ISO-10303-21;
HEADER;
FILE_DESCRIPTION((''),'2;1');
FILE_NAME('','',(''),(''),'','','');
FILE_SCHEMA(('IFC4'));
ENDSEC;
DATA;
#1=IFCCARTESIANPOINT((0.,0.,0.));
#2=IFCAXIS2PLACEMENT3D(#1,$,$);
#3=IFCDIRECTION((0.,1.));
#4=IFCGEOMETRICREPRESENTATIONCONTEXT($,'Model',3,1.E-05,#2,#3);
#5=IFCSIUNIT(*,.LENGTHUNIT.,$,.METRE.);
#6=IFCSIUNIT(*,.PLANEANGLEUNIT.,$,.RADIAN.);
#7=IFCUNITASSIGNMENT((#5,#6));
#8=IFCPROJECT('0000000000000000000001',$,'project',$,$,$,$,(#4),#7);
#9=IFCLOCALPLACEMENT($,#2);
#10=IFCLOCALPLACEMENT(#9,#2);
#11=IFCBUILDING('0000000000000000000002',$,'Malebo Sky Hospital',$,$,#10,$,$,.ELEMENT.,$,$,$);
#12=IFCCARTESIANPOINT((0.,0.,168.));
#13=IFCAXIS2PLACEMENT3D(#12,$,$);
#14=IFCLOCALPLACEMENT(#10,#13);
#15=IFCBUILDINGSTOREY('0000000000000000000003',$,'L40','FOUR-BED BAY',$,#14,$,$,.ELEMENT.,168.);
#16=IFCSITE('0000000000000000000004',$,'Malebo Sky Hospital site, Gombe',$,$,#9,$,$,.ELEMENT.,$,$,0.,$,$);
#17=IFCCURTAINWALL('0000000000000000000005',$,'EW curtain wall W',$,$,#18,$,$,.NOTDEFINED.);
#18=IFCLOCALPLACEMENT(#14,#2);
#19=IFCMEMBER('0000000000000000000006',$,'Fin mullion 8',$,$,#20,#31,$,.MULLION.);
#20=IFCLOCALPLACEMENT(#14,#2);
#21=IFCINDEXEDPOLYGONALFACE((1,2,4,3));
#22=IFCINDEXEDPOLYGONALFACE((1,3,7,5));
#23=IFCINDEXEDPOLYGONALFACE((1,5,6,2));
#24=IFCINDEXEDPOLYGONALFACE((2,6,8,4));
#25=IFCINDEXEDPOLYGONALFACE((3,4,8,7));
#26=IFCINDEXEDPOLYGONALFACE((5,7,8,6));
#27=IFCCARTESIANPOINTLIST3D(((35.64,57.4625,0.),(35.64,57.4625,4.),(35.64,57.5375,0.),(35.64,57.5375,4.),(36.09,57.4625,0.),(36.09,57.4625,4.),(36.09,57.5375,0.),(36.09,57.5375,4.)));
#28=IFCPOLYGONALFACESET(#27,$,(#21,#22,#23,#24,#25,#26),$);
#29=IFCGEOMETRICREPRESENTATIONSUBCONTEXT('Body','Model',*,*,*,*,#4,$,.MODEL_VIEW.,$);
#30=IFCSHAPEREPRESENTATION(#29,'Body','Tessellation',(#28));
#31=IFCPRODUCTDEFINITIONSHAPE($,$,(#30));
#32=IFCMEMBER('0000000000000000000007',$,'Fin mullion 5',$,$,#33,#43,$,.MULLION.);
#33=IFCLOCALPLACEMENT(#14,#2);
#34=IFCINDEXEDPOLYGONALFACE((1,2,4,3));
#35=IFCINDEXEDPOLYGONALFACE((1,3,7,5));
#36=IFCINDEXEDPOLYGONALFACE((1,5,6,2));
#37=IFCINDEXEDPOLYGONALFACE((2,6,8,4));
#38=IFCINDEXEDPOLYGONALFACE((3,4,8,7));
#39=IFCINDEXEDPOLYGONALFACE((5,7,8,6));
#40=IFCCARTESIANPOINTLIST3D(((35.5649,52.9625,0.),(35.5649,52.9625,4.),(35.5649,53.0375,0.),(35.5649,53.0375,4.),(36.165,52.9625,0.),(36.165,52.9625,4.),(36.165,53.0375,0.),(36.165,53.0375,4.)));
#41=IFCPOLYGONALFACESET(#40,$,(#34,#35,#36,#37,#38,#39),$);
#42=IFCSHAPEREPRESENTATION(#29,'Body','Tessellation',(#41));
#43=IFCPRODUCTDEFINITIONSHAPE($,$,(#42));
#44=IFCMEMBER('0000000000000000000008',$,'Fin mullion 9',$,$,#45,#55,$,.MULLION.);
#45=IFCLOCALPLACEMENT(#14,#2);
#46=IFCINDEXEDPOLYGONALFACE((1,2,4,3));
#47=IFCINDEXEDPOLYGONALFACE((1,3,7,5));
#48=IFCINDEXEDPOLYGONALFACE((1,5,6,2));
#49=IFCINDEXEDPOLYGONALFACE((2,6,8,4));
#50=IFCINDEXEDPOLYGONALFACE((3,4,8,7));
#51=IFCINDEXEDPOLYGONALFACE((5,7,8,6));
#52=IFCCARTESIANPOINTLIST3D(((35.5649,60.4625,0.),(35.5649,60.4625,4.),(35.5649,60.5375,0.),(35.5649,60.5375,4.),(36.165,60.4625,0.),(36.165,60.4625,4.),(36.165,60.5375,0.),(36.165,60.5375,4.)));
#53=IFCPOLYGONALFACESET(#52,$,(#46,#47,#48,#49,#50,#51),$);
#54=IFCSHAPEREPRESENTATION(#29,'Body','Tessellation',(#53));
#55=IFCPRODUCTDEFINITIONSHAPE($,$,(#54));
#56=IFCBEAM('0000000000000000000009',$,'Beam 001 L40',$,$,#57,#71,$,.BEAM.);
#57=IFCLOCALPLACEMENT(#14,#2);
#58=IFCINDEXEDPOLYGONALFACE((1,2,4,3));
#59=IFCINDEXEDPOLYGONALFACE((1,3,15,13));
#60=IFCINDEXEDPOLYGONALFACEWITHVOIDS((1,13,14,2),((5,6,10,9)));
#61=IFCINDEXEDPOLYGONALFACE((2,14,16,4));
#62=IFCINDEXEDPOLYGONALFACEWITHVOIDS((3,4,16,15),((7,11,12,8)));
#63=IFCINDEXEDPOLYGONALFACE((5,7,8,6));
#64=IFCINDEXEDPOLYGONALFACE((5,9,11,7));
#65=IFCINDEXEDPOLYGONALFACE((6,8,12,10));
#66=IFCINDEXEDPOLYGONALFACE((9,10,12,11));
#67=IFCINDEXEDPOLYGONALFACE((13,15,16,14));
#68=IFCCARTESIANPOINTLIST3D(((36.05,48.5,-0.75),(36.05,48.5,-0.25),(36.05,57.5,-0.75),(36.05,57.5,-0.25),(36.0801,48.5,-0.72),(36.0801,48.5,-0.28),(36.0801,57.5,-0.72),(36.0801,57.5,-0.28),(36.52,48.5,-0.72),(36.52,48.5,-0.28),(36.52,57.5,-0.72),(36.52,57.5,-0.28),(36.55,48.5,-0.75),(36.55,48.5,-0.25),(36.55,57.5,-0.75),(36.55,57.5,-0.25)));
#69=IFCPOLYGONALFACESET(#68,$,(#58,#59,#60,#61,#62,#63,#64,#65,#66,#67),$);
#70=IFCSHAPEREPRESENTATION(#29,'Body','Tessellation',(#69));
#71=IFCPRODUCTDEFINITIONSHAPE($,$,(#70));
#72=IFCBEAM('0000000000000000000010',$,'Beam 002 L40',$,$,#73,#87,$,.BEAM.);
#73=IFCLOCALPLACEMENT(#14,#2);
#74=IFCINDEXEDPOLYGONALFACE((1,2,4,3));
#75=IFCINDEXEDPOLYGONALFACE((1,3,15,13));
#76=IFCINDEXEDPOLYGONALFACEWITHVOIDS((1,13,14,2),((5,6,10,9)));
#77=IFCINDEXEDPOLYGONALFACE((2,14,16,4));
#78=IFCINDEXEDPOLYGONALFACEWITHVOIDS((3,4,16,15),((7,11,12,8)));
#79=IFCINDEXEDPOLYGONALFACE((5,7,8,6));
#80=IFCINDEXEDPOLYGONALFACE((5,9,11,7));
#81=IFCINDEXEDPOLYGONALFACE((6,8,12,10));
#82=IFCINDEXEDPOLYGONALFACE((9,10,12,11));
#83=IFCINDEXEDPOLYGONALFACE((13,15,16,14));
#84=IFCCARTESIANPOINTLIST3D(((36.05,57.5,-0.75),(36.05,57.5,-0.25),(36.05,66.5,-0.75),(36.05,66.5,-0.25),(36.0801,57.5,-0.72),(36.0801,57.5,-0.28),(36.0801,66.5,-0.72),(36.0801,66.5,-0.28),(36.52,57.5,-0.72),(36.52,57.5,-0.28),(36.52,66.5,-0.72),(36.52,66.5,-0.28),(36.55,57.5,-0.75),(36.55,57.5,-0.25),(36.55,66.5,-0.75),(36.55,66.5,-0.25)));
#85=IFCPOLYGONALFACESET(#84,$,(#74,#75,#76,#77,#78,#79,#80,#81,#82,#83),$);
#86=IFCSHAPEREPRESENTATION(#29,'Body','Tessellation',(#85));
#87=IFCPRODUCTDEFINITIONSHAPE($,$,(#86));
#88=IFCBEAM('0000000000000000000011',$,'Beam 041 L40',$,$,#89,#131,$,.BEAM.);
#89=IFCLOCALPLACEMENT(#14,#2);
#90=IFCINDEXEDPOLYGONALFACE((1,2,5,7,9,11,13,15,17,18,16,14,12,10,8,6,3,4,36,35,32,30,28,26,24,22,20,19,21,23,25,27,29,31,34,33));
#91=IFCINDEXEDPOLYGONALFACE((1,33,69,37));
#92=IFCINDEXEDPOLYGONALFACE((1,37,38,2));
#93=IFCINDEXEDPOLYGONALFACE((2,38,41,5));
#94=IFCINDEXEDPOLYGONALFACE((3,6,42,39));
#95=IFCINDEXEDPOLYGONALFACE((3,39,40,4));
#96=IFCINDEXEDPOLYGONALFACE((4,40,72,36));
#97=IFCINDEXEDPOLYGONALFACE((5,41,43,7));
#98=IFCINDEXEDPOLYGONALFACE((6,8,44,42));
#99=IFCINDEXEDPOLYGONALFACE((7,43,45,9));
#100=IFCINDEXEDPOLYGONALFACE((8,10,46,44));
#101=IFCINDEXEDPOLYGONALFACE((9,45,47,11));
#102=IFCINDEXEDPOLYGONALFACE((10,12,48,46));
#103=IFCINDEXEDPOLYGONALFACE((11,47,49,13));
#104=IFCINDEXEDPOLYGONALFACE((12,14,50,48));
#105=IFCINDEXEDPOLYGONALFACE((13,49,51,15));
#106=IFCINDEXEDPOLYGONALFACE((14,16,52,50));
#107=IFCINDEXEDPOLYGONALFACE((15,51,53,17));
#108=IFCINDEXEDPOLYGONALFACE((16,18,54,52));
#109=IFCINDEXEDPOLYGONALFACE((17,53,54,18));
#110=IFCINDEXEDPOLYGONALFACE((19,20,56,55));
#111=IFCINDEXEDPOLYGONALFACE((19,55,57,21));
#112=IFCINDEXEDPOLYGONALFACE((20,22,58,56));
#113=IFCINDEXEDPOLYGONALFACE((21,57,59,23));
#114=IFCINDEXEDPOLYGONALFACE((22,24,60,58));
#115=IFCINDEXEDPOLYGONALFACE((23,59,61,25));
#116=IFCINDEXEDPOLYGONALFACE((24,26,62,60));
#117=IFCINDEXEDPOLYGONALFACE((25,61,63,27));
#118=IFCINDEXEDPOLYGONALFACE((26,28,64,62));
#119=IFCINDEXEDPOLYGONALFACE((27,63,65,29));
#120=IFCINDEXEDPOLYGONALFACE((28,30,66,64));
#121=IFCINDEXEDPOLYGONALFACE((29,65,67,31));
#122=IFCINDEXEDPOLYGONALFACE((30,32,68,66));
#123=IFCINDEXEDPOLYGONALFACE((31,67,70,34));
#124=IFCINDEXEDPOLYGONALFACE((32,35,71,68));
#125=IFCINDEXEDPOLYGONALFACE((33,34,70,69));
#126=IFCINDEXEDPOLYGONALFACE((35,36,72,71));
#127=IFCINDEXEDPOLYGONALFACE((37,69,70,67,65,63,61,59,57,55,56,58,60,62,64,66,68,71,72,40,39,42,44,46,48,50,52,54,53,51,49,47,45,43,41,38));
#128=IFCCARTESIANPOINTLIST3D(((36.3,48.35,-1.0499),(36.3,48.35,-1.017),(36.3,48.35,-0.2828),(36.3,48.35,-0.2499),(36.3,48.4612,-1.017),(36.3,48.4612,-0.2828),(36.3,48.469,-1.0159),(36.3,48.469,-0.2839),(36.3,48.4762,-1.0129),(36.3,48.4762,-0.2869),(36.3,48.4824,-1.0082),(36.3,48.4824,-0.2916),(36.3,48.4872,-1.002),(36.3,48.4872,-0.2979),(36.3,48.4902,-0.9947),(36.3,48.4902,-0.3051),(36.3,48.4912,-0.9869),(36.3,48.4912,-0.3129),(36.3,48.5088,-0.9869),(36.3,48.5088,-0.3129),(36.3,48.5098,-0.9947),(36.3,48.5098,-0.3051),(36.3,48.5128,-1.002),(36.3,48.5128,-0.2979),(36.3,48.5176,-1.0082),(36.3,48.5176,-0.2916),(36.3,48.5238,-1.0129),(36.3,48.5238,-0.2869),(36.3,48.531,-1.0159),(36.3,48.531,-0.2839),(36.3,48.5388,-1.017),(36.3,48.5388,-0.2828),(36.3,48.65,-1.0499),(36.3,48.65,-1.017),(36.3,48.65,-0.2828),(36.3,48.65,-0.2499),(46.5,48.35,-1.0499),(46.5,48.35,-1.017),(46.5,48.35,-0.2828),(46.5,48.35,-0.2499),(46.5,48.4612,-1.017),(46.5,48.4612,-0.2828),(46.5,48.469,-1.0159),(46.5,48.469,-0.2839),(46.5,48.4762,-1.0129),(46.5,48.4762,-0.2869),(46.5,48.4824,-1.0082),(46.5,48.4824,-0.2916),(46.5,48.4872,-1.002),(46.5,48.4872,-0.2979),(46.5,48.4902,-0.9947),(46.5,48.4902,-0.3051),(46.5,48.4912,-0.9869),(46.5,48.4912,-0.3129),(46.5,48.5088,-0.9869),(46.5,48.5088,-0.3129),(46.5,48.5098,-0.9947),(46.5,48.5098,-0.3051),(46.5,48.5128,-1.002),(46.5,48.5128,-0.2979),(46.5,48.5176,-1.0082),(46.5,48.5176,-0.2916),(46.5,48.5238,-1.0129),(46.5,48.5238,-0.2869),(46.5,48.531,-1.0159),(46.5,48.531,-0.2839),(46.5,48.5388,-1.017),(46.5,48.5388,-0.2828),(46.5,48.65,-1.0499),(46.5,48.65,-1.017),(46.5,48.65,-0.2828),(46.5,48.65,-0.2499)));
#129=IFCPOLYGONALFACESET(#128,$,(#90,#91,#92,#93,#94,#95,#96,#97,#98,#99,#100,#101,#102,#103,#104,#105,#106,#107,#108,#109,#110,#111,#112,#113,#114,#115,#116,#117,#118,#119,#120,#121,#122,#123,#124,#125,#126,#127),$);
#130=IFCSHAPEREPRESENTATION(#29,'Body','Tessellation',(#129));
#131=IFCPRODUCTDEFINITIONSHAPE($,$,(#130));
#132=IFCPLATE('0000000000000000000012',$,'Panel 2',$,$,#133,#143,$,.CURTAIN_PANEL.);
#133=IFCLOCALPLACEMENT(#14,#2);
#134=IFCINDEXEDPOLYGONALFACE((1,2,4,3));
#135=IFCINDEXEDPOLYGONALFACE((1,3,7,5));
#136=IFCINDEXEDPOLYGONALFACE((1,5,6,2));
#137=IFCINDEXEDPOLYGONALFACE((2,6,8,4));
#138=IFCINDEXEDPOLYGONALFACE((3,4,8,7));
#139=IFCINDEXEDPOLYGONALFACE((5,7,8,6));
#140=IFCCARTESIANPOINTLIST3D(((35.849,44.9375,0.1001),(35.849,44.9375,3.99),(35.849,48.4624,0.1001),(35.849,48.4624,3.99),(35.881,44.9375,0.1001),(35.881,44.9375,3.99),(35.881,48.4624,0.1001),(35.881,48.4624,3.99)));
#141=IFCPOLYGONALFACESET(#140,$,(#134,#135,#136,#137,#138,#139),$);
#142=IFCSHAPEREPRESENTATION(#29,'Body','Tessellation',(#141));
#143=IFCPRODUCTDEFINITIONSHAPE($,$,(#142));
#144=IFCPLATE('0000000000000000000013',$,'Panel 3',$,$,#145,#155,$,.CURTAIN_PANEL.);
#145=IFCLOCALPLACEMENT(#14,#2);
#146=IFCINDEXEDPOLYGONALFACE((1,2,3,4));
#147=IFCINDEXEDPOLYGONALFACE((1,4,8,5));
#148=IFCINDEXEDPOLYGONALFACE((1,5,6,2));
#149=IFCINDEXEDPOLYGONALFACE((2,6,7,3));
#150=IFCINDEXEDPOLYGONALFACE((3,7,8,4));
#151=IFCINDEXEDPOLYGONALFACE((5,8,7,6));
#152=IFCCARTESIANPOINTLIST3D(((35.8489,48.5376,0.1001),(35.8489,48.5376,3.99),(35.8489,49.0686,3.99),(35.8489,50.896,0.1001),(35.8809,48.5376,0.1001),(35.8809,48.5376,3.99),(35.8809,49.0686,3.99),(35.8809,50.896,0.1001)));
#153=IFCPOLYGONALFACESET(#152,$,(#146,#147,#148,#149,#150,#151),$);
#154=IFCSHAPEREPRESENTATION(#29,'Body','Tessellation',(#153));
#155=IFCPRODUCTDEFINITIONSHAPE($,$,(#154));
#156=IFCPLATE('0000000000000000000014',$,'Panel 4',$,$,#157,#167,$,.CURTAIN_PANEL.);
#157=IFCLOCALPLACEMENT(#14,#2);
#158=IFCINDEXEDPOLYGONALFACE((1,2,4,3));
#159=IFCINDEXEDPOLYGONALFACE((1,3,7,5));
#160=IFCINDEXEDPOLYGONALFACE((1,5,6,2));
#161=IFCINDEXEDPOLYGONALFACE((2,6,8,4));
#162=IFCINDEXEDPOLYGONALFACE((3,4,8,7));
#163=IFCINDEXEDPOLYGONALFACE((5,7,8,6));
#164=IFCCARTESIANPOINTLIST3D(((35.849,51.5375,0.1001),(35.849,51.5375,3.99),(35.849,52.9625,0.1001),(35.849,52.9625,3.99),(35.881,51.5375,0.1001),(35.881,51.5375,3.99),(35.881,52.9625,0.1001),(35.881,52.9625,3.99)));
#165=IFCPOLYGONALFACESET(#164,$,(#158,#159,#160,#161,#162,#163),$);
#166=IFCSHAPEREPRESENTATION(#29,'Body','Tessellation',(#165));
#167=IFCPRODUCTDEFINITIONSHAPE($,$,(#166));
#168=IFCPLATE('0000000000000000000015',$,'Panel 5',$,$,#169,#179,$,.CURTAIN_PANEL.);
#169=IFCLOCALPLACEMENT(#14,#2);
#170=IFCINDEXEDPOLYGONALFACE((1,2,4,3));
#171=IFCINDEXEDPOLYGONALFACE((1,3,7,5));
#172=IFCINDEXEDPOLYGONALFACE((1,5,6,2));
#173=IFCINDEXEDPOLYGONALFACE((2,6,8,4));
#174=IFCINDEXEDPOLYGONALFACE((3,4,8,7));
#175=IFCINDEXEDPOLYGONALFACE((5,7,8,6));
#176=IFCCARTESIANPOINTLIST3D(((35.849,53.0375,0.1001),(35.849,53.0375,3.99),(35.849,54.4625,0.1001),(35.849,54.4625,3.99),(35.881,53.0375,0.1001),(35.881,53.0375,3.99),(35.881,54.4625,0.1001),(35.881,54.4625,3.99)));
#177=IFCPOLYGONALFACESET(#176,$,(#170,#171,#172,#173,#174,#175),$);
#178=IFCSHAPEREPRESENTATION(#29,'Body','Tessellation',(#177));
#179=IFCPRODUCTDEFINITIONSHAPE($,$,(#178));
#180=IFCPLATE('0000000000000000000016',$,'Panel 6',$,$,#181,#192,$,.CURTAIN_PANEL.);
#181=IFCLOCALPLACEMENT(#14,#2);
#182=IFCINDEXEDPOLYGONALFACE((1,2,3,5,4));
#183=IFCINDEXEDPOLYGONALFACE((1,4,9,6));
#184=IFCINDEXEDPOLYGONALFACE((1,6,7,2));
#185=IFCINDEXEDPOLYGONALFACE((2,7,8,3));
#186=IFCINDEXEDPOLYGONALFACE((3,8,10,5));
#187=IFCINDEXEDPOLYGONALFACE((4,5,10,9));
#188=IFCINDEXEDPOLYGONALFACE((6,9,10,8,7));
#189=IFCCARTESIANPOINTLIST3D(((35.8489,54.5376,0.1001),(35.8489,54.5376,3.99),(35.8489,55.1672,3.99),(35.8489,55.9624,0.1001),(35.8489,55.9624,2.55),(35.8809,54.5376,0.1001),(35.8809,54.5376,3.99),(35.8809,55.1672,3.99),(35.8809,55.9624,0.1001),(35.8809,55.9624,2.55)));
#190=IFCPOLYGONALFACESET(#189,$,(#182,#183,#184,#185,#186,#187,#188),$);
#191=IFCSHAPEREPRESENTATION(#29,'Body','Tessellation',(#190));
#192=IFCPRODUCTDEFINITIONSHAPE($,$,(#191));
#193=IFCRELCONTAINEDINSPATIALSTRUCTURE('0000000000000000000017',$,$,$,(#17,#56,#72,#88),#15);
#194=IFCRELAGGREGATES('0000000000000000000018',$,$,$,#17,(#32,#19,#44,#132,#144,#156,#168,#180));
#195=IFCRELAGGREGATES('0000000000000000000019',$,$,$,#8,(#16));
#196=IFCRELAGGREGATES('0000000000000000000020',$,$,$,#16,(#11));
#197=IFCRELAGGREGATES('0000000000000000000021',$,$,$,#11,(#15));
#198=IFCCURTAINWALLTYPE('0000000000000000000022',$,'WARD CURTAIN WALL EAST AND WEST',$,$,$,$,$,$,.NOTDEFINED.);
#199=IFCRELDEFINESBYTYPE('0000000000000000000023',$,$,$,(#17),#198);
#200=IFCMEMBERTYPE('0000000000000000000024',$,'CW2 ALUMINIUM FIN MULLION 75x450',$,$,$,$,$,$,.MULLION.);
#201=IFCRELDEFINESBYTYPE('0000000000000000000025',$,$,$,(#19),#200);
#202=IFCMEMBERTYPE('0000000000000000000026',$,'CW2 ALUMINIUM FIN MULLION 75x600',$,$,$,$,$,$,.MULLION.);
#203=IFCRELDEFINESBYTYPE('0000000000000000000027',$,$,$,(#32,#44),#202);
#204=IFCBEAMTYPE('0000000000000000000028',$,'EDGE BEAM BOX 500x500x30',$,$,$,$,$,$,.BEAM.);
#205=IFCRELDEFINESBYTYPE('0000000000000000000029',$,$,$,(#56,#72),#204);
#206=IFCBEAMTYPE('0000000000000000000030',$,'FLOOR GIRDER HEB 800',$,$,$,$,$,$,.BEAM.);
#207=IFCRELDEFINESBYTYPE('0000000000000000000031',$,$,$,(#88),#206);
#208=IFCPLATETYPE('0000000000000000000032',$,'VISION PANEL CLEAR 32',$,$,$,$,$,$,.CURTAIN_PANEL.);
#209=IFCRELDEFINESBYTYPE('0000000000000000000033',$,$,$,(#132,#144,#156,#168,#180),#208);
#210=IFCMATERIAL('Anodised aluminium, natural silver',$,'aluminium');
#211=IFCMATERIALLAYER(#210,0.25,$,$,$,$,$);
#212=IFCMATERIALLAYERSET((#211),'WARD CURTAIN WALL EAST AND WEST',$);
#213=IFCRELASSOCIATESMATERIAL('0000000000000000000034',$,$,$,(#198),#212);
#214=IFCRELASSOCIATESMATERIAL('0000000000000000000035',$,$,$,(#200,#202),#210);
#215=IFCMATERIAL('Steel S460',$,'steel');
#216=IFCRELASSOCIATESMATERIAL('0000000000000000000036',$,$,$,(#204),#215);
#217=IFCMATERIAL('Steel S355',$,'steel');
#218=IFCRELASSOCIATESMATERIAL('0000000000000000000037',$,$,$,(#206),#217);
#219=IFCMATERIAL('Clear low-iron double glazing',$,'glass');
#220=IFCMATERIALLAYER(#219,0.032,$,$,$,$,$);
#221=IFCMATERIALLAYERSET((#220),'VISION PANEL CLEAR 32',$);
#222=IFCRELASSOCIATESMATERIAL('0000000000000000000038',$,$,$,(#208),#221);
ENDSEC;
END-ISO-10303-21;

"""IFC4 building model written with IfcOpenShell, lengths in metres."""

from ifc_helpers import new_model, si_unit, direction, frame, origin, origin_2d, place, context, subcontext, project, spatial, polyline, rectangle, hollow_rectangle, i_section, outline, extrude, material, layer, layer_set, material_profile, profile_set, type_object, element, aggregate, save


model = new_model("IFC4")

# Units and contexts
model_context = context("Model", 3, precision=1e-05, world=origin(), true_north=direction((0.0, 1.0)))
body_context = subcontext(model_context, "Body", "Model", "MODEL_VIEW")
ifc_project = project(units=[si_unit("LENGTHUNIT", "METRE"), si_unit("PLANEANGLEUNIT", "RADIAN")], contexts=[model_context])

# Site, building, storey
site_placement = place(None, origin())
site = spatial("IfcSite", under=ifc_project, at=site_placement, Name="Malebo Sky Hospital site, Gombe", CompositionType="ELEMENT", RefElevation=0.0)
building_placement = place(site_placement, origin())
building = spatial("IfcBuilding", under=site, at=building_placement, Name="Malebo Sky Hospital", CompositionType="ELEMENT")
storey_placement = place(building_placement, frame((0.0, 0.0, 168.0)))
storey = spatial("IfcBuildingStorey", under=building, at=storey_placement, Name="L40", Description="FOUR-BED BAY", CompositionType="ELEMENT", Elevation=168.0)

# Shared definitions
ifc_material_1 = material(Name="Steel S460", Category="steel")

# Curtain wall, members
ifc_material_2 = material(Name="Anodised aluminium, natural silver", Category="aluminium")
ifc_layer_1 = layer(ifc_material_2, 0.25)
ifc_layer_set_1 = layer_set([ifc_layer_1], Name="WARD CURTAIN WALL EAST AND WEST")
curtain_wall_type = type_object("IfcCurtainWallType", Name="WARD CURTAIN WALL EAST AND WEST", PredefinedType="NOTDEFINED", material=ifc_layer_set_1)
curtain_wall_placement = place(storey_placement, origin())
curtain_wall = element("IfcCurtainWall", 1, at=curtain_wall_placement, inside=storey, type_object=curtain_wall_type, Name="EW curtain wall W", PredefinedType="NOTDEFINED")
ifc_material_profile_1 = material_profile(ifc_material_2, rectangle(XDim=0.075, YDim=0.45, at=origin_2d()), Name="CW2 ALUMINIUM FIN MULLION 75x450")
ifc_profile_set_1 = profile_set([ifc_material_profile_1], Name="Anodised aluminium, natural silver")
member_type_1 = type_object("IfcMemberType", Name="CW2 ALUMINIUM FIN MULLION 75x450", PredefinedType="MULLION", material=ifc_profile_set_1)
member_1_placement = place(storey_placement, frame((35.865, 57.5, 0.0), z_axis=(0.0, 0.0, 1.0), x_axis=(0.0, 1.0, 0.0)))
member_1 = element("IfcMember", 2, at=member_1_placement, type_object=member_type_1, Name="Fin mullion 8", PredefinedType="MULLION", context=body_context, shape_type="SweptSolid", body=[
    extrude(rectangle(XDim=0.075, YDim=0.45, at=origin_2d()), origin(), (0.0, 0.0, 1.0), 4.0),
])
ifc_material_profile_2 = material_profile(ifc_material_2, rectangle(XDim=0.075, YDim=0.6001, at=origin_2d()), Name="CW2 ALUMINIUM FIN MULLION 75x600")
ifc_profile_set_2 = profile_set([ifc_material_profile_2], Name="Anodised aluminium, natural silver")
member_type_2 = type_object("IfcMemberType", Name="CW2 ALUMINIUM FIN MULLION 75x600", PredefinedType="MULLION", material=ifc_profile_set_2)
member_2_placement = place(storey_placement, frame((35.865, 53.0, 0.0), z_axis=(0.0, 0.0, 1.0), x_axis=(0.0, 1.0, 0.0)))
member_2 = element("IfcMember", 3, at=member_2_placement, type_object=member_type_2, Name="Fin mullion 5", PredefinedType="MULLION", context=body_context, shape_type="SweptSolid", body=[
    extrude(rectangle(XDim=0.075, YDim=0.6001, at=origin_2d()), origin(), (0.0, 0.0, 1.0), 4.0),
])
member_3_placement = place(storey_placement, frame((35.865, 60.5, 0.0), z_axis=(0.0, 0.0, 1.0), x_axis=(0.0, 1.0, 0.0)))
member_3 = element("IfcMember", 4, at=member_3_placement, type_object=member_type_2, Name="Fin mullion 9", PredefinedType="MULLION", context=body_context, shape_type="SweptSolid", body=[
    extrude(rectangle(XDim=0.075, YDim=0.6001, at=origin_2d()), origin(), (0.0, 0.0, 1.0), 4.0),
])

# Beams
ifc_material_profile_3 = material_profile(ifc_material_1, hollow_rectangle(XDim=0.5, YDim=0.5, WallThickness=0.03, at=origin_2d()), Name="BOX 500x500x30")
ifc_profile_set_3 = profile_set([ifc_material_profile_3], Name="Steel S460")
beam_type_1 = type_object("IfcBeamType", Name="EDGE BEAM BOX 500x500x30", PredefinedType="BEAM", material=ifc_profile_set_3)
for number, where, z_axis, x_axis, name in (
    (5, (36.3, 48.5, -0.5), (0.0, 1.0, 0.0), (-1.0, 0.0, 0.0), "Beam 001 L40"),
    (6, (36.3, 57.5, -0.5), (0.0, 1.0, 0.0), (-1.0, 0.0, 0.0), "Beam 002 L40"),
):
    element("IfcBeam", number, at=place(storey_placement, frame(where, z_axis=z_axis, x_axis=x_axis)), inside=storey, type_object=beam_type_1, Name=name, PredefinedType="BEAM", context=body_context, shape_type="SweptSolid", body=[
        extrude(hollow_rectangle(XDim=0.5, YDim=0.5, WallThickness=0.03, at=origin_2d()), origin(), (0.0, 0.0, 1.0), 9.0),
    ])
ifc_material_3 = material(Name="Steel S355", Category="steel")
ifc_material_profile_4 = material_profile(ifc_material_3, i_section(OverallWidth=0.3, OverallDepth=0.8, WebThickness=0.0176, FlangeThickness=0.033, FilletRadius=0.03, at=origin_2d()), Name="HEB 800")
ifc_profile_set_4 = profile_set([ifc_material_profile_4], Name="Steel S355")
beam_type_2 = type_object("IfcBeamType", Name="FLOOR GIRDER HEB 800", PredefinedType="BEAM", material=ifc_profile_set_4)
beam_placement = place(storey_placement, frame((36.3, 48.5, -0.6499), z_axis=(1.0, 0.0, 0.0), x_axis=(0.0, 1.0, 0.0)))
element("IfcBeam", 7, at=beam_placement, inside=storey, type_object=beam_type_2, Name="Beam 041 L40", PredefinedType="BEAM", context=body_context, shape_type="SweptSolid", body=[
    extrude(i_section(OverallWidth=0.3, OverallDepth=0.8, WebThickness=0.0176, FlangeThickness=0.033, FilletRadius=0.03, at=origin_2d()), origin(), (0.0, 0.0, 1.0), 10.2),
])

# Plates
ifc_material_4 = material(Name="Clear low-iron double glazing", Category="glass")
ifc_layer_2 = layer(ifc_material_4, 0.032)
ifc_layer_set_2 = layer_set([ifc_layer_2], Name="VISION PANEL CLEAR 32")
plate_type = type_object("IfcPlateType", Name="VISION PANEL CLEAR 32", PredefinedType="CURTAIN_PANEL", material=ifc_layer_set_2)
plate_1_placement = place(storey_placement, frame((35.865, 46.7, 0.1001), z_axis=(0.0, 0.0, 1.0), x_axis=(0.0, 1.0, 0.0)))
plate_1 = element("IfcPlate", 8, at=plate_1_placement, type_object=plate_type, Name="Panel 2", PredefinedType="CURTAIN_PANEL", context=body_context, shape_type="SweptSolid", body=[
    extrude(rectangle(XDim=3.5249, YDim=0.032, at=origin_2d()), origin(), (0.0, 0.0, 1.0), 3.8899),
])
plate_2_placement = place(storey_placement, frame((35.865, 49.7168, 0.1001), z_axis=(0.0, 0.0, 1.0), x_axis=(0.0, 1.0, 0.0)))
plate_2 = element("IfcPlate", 9, at=plate_2_placement, type_object=plate_type, Name="Panel 3", PredefinedType="CURTAIN_PANEL", context=body_context, shape_type="SweptSolid", body=[
    extrude(outline(polyline([(-1.1792, 0.0), (1.1792, 0.0), (-0.6482, 3.8899), (-1.1792, 3.8899), (-1.1792, 0.0)])), frame((0.0, 0.0161, 0.0), z_axis=(0.0, -1.0, 0.0), x_axis=(1.0, 0.0, 0.0)), (0.0, 0.0, 1.0), 0.032),
])
plate_3_placement = place(storey_placement, frame((35.865, 52.25, 0.1001), z_axis=(0.0, 0.0, 1.0), x_axis=(0.0, 1.0, 0.0)))
plate_3 = element("IfcPlate", 10, at=plate_3_placement, type_object=plate_type, Name="Panel 4", PredefinedType="CURTAIN_PANEL", context=body_context, shape_type="SweptSolid", body=[
    extrude(rectangle(XDim=1.425, YDim=0.032, at=origin_2d()), origin(), (0.0, 0.0, 1.0), 3.8899),
])
plate_4_placement = place(storey_placement, frame((35.865, 53.75, 0.1001), z_axis=(0.0, 0.0, 1.0), x_axis=(0.0, 1.0, 0.0)))
plate_4 = element("IfcPlate", 11, at=plate_4_placement, type_object=plate_type, Name="Panel 5", PredefinedType="CURTAIN_PANEL", context=body_context, shape_type="SweptSolid", body=[
    extrude(rectangle(XDim=1.425, YDim=0.032, at=origin_2d()), origin(), (0.0, 0.0, 1.0), 3.8899),
])
plate_5_placement = place(storey_placement, frame((35.865, 55.25, 0.1001), z_axis=(0.0, 0.0, 1.0), x_axis=(0.0, 1.0, 0.0)))
plate_5 = element("IfcPlate", 12, at=plate_5_placement, type_object=plate_type, Name="Panel 6", PredefinedType="CURTAIN_PANEL", context=body_context, shape_type="SweptSolid", body=[
    extrude(outline(polyline([(-0.7124, 0.0), (0.7124, 0.0), (0.7124, 2.45), (-0.0828, 3.8899), (-0.7124, 3.8899), (-0.7124, 0.0)])), frame((0.0, 0.0161, 0.0), z_axis=(0.0, -1.0, 0.0), x_axis=(1.0, 0.0, 0.0)), (0.0, 0.0, 1.0), 0.032),
])
aggregate(curtain_wall, [member_2, member_1, member_3, plate_1, plate_2, plate_3, plate_4, plate_5])

save(model, "model.ifc")
